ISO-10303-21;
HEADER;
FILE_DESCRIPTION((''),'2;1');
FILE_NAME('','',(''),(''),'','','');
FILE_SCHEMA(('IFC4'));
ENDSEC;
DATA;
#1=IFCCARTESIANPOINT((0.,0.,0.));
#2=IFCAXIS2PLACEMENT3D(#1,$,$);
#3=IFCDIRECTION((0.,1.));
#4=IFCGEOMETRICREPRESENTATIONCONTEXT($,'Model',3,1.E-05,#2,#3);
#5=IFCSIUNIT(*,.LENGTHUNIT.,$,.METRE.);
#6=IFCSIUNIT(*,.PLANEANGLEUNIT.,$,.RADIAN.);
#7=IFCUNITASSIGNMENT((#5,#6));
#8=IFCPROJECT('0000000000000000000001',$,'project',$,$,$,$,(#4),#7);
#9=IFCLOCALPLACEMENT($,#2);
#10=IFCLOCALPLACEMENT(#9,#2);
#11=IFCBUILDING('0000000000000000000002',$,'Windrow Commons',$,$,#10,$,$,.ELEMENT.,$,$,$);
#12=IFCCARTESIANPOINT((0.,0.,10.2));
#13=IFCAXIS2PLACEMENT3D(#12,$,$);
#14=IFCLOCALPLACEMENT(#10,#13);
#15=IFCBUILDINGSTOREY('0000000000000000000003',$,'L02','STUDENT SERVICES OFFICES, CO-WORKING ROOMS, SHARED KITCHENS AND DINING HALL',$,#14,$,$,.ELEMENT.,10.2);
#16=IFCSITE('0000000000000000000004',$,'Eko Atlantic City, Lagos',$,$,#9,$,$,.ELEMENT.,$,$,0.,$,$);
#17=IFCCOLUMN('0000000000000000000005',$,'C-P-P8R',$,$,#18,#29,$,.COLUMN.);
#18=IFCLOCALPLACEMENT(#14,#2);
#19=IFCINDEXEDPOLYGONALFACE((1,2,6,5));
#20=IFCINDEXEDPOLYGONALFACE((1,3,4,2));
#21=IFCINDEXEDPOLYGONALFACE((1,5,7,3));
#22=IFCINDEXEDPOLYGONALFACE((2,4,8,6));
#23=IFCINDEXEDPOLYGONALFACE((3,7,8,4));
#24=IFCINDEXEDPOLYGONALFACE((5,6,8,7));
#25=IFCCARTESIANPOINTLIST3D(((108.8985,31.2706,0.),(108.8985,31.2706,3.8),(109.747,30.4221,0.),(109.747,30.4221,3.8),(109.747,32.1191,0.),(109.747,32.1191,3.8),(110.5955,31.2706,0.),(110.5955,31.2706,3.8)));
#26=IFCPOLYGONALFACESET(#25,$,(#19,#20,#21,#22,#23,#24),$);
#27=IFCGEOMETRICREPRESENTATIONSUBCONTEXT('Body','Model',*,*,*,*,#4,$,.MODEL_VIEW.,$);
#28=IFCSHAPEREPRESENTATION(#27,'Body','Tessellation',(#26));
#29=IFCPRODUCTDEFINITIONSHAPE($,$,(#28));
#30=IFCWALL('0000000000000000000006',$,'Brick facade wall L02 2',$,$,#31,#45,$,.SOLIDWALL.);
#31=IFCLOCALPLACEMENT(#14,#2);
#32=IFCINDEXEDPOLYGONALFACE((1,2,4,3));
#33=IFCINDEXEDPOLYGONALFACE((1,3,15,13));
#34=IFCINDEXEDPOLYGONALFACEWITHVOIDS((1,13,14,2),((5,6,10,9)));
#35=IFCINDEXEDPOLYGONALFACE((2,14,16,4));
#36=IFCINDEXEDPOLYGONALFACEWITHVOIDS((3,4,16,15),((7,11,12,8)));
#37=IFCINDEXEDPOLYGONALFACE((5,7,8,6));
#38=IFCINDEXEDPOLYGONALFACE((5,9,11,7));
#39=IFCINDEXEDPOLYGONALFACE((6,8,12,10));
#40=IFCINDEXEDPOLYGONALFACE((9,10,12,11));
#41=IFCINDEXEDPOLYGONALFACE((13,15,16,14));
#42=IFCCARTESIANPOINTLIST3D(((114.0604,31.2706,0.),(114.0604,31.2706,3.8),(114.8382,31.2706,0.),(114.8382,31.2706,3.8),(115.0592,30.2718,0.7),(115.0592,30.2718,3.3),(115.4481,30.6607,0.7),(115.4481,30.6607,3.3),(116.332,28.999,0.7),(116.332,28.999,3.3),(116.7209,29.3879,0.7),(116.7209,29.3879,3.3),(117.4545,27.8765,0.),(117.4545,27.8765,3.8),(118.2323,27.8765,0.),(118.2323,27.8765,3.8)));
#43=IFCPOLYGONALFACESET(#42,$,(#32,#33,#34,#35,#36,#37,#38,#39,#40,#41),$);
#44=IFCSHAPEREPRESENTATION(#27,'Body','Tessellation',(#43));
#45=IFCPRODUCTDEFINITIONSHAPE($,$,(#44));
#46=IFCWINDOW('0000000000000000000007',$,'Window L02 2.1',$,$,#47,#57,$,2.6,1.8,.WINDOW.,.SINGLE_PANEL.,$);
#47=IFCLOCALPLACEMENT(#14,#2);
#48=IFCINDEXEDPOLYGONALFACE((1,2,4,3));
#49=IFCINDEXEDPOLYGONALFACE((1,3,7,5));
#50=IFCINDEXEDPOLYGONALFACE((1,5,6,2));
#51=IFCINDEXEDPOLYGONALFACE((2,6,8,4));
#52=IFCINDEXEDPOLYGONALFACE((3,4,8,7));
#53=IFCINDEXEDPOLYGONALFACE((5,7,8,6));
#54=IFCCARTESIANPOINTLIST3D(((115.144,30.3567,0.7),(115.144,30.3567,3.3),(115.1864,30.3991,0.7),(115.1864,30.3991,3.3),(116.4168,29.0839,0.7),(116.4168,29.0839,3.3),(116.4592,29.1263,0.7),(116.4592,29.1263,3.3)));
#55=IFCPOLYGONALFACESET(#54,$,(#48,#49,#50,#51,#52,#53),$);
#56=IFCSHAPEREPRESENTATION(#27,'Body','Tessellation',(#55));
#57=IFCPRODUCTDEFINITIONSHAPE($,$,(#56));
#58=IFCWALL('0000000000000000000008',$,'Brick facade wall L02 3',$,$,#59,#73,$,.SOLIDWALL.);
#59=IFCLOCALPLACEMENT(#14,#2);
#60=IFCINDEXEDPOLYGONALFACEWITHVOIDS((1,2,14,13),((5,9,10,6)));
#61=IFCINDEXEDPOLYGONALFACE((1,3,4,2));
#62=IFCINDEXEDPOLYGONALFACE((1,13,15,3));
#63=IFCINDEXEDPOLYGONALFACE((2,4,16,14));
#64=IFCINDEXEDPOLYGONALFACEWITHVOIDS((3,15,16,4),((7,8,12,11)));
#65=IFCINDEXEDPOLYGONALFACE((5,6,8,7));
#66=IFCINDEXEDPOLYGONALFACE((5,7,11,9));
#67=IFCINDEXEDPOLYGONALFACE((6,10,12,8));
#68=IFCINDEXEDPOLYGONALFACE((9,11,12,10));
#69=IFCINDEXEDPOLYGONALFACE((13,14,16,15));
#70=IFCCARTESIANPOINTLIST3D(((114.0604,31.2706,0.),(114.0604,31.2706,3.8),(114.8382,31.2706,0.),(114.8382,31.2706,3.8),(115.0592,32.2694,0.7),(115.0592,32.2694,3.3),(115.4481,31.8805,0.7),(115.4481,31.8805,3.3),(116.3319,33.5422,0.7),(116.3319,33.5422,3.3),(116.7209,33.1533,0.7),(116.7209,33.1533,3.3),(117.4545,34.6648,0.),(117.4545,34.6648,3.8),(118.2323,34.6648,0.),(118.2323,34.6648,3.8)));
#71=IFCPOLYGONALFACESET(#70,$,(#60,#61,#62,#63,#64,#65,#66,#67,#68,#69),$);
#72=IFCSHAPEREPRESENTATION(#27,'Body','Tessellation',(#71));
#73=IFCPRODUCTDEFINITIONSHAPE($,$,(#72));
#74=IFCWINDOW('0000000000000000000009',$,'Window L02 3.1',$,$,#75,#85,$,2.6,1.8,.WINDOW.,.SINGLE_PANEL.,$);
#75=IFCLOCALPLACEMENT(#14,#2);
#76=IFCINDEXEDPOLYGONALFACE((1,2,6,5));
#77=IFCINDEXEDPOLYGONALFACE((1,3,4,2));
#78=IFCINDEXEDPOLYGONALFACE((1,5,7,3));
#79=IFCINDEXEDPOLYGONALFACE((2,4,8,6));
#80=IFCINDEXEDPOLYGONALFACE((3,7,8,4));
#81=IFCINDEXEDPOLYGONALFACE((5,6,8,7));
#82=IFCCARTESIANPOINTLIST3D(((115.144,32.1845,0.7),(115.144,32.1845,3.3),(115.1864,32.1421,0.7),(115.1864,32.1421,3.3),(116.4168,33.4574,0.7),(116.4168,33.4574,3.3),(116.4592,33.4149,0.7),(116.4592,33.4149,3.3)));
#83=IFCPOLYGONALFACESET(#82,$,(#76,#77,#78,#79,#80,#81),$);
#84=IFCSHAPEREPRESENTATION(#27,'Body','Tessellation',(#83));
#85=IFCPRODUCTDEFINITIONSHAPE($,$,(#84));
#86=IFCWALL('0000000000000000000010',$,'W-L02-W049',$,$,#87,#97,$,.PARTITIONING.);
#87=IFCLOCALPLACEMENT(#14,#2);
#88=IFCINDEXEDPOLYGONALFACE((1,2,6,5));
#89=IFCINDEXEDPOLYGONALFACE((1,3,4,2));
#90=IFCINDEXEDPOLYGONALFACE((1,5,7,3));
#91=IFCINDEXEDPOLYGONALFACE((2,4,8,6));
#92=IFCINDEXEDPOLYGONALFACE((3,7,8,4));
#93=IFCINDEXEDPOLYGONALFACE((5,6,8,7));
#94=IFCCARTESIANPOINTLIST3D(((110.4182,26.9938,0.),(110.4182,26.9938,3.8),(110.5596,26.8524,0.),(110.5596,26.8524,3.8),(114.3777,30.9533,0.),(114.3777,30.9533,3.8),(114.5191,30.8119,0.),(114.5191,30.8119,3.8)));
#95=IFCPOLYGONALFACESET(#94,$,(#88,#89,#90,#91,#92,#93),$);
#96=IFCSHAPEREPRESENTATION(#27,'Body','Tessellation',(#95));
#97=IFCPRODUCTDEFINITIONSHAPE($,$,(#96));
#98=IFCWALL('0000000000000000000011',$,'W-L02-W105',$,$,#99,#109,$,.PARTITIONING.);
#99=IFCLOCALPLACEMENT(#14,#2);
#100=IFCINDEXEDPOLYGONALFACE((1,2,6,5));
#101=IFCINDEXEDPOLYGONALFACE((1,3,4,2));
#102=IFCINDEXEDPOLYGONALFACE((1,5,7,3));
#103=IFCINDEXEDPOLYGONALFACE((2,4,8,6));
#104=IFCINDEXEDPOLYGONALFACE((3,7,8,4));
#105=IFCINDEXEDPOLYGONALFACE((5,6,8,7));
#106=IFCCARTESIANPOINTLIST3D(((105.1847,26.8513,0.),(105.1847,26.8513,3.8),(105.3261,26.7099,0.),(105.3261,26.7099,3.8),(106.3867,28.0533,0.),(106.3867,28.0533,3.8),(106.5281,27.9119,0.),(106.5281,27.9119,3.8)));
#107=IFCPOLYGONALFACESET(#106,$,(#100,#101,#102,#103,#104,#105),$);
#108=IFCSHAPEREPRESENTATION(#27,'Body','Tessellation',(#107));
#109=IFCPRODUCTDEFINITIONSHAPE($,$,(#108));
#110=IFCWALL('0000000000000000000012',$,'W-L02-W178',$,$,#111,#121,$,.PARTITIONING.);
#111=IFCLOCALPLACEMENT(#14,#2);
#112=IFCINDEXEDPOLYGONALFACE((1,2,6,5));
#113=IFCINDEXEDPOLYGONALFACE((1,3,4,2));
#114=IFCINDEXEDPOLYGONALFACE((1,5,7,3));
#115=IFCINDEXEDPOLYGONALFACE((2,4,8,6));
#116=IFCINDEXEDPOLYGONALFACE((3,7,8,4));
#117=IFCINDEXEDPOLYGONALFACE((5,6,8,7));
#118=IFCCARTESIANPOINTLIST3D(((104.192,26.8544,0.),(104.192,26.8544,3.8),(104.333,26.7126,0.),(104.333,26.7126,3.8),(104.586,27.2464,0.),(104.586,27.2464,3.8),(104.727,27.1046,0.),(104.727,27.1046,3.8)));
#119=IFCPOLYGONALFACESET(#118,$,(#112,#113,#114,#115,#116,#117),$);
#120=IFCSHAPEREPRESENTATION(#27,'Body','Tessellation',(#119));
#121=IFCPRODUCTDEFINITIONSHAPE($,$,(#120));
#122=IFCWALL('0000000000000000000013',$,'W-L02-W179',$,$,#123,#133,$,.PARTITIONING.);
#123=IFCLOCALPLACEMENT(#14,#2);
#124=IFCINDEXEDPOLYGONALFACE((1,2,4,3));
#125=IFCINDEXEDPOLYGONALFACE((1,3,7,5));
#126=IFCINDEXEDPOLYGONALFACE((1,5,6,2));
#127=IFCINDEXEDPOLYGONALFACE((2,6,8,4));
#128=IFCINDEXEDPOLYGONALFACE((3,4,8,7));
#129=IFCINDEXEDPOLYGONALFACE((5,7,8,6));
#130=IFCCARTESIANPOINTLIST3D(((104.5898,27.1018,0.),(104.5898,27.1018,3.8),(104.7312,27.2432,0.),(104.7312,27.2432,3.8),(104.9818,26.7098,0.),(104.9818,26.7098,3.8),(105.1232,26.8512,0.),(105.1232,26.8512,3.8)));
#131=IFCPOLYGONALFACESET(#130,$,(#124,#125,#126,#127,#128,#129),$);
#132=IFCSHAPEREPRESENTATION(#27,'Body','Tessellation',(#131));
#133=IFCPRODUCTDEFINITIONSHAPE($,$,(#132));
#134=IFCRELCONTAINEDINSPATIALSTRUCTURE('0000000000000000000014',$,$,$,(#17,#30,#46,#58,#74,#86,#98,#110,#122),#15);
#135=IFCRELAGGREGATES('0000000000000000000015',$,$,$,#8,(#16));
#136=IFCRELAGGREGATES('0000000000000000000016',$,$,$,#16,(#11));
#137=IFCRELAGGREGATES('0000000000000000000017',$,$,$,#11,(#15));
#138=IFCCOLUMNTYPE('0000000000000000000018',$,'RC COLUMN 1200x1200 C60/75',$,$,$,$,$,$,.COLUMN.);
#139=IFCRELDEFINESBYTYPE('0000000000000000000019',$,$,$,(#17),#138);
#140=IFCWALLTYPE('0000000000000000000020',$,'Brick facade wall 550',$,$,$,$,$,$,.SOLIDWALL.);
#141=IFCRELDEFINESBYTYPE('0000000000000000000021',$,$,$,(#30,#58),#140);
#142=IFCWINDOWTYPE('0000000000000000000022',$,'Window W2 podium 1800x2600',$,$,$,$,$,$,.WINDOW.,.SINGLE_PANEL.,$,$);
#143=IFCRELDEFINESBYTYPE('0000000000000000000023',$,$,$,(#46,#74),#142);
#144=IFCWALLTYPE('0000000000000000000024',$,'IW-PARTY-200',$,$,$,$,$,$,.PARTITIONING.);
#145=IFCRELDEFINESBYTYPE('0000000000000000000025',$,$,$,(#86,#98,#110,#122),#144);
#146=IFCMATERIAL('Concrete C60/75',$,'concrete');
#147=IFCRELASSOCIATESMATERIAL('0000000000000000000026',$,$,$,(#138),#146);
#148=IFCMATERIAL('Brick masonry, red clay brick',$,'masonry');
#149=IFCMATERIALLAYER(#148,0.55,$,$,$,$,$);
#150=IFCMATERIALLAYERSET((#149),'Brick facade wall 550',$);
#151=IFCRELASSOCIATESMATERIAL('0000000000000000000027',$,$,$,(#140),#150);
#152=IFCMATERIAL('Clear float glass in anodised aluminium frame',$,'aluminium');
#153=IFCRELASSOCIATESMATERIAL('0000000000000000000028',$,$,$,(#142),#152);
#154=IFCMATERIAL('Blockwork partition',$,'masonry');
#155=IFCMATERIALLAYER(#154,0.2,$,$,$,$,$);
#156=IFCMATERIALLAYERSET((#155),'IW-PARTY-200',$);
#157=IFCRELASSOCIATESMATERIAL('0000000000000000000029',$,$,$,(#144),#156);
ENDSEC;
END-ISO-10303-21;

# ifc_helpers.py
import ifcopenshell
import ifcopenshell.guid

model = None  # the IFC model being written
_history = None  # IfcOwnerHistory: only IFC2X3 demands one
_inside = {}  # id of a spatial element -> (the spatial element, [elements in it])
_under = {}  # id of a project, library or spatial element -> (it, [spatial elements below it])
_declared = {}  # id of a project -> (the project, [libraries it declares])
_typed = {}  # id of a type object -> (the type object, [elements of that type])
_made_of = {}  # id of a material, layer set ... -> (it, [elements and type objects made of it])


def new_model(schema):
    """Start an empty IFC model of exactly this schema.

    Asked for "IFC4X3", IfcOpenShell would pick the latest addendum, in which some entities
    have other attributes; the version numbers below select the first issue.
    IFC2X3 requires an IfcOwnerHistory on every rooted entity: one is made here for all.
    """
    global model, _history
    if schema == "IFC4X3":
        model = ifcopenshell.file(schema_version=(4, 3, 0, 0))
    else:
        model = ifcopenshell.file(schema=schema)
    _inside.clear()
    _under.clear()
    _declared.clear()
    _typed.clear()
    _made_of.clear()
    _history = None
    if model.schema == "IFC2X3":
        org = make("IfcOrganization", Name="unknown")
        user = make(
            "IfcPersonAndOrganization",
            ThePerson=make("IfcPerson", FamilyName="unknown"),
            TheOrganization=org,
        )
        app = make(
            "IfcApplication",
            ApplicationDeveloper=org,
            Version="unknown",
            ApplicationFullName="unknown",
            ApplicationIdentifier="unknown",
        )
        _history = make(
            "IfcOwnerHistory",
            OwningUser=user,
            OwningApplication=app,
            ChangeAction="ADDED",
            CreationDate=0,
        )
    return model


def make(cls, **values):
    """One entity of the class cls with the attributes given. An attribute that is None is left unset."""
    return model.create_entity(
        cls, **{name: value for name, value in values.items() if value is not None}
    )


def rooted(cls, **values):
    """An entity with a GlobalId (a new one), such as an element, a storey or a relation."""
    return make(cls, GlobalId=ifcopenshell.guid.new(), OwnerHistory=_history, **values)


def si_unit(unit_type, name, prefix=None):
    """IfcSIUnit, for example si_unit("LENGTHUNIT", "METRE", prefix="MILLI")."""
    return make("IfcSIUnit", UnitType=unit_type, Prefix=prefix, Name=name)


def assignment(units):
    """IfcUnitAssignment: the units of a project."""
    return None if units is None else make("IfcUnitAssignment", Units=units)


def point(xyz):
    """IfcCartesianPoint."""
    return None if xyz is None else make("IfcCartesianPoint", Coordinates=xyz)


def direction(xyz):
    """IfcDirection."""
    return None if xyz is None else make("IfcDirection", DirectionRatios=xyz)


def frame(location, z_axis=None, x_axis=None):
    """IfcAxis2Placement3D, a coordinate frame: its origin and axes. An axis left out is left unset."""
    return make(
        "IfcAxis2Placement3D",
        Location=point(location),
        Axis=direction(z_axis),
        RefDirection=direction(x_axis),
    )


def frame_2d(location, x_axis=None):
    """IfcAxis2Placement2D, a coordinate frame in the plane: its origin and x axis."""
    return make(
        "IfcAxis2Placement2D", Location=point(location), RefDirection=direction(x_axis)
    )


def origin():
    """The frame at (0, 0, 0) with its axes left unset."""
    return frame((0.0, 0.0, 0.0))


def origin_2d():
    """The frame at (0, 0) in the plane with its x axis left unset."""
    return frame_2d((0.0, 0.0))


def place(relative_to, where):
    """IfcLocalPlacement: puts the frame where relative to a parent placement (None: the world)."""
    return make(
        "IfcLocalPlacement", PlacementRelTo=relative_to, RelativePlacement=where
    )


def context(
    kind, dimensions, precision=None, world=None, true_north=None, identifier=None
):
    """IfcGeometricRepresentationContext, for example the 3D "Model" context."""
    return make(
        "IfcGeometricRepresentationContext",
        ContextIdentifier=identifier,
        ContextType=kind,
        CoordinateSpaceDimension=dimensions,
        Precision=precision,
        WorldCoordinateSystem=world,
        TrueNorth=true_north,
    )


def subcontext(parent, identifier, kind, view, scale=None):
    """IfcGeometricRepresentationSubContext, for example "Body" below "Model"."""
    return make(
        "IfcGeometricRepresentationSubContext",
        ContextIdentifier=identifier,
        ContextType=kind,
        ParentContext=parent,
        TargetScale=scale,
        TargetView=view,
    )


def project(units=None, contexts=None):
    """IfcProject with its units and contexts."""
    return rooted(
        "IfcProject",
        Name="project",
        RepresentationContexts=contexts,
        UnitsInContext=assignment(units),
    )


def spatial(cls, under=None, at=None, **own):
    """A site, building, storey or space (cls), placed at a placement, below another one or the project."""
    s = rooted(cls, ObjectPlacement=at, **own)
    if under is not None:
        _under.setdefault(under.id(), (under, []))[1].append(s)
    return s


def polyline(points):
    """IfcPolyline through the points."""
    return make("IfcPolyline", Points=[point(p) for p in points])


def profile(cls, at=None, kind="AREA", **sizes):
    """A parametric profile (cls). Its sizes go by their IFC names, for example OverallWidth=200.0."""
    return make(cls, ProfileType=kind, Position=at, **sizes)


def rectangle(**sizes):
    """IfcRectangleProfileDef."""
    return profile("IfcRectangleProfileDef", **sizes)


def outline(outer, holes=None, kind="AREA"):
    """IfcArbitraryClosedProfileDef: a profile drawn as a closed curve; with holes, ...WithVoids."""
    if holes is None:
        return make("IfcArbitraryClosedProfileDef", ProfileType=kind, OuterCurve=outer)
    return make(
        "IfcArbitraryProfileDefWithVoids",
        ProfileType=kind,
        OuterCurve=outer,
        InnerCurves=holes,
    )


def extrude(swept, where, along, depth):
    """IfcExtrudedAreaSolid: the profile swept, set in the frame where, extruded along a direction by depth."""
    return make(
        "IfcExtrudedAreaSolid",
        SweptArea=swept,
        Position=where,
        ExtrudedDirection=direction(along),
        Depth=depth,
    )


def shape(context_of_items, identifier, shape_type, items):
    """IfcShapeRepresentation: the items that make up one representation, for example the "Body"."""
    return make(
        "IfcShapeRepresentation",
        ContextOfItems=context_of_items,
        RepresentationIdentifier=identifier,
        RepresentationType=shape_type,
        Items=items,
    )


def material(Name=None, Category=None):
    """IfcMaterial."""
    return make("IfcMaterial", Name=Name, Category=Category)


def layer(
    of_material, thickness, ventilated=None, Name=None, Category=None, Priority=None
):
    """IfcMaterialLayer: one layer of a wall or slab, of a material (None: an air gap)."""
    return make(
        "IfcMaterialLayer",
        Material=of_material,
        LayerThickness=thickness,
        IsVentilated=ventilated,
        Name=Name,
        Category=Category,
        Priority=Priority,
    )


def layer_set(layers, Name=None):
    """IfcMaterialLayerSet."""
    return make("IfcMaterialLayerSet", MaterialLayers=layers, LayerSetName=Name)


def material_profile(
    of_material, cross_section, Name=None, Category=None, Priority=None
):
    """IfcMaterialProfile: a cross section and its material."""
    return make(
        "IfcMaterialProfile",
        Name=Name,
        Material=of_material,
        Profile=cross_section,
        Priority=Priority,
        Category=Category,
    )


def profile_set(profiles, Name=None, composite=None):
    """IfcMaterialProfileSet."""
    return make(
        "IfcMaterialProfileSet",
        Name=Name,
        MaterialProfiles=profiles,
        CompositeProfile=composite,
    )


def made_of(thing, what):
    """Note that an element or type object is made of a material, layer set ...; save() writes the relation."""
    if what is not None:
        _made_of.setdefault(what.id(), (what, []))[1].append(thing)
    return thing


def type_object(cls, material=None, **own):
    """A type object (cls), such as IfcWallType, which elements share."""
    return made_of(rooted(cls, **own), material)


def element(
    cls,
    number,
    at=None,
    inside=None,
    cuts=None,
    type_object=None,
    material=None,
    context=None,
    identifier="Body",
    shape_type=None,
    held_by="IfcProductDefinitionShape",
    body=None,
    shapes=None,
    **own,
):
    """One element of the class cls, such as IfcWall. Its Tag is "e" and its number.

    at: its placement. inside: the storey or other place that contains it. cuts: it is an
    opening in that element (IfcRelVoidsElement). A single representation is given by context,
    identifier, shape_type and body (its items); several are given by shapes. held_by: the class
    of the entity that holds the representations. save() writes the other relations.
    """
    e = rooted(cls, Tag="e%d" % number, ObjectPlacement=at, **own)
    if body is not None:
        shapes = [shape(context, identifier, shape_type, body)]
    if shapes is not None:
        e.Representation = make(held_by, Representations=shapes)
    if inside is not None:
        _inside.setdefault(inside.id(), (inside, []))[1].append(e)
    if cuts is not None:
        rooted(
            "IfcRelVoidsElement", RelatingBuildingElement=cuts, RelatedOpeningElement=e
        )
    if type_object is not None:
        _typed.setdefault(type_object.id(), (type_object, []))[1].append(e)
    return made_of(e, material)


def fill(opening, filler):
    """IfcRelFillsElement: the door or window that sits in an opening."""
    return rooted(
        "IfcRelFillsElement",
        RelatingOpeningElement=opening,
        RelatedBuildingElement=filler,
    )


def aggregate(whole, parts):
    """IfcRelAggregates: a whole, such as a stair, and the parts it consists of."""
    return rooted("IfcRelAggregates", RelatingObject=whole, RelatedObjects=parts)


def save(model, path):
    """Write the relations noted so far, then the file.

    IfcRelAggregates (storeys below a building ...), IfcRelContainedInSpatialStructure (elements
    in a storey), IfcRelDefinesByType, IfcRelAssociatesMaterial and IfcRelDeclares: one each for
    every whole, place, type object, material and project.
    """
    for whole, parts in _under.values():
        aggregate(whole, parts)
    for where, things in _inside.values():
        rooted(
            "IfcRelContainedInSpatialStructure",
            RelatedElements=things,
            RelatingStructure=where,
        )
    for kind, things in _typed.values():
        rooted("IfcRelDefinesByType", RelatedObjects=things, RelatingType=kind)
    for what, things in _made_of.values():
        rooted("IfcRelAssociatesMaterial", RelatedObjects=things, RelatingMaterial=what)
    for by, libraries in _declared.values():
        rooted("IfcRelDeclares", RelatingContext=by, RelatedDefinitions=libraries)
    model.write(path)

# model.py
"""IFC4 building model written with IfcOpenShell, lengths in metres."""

from ifc_helpers import new_model, si_unit, direction, frame, frame_2d, origin, origin_2d, place, context, subcontext, project, spatial, polyline, rectangle, outline, extrude, material, layer, layer_set, material_profile, profile_set, type_object, element, fill, save


model = new_model("IFC4")

# Units and contexts
model_context = context("Model", 3, precision=1e-05, world=origin(), true_north=direction((0.0, 1.0)))
body_context = subcontext(model_context, "Body", "Model", "MODEL_VIEW")
ifc_project = project(units=[si_unit("LENGTHUNIT", "METRE"), si_unit("PLANEANGLEUNIT", "RADIAN")], contexts=[model_context])

# Site, building, storey
site_placement = place(None, origin())
site = spatial("IfcSite", under=ifc_project, at=site_placement, Name="Eko Atlantic City, Lagos", CompositionType="ELEMENT", RefElevation=0.0)
building_placement = place(site_placement, origin())
building = spatial("IfcBuilding", under=site, at=building_placement, Name="Windrow Commons", CompositionType="ELEMENT")
storey_placement = place(building_placement, frame((0.0, 0.0, 10.2)))
storey = spatial("IfcBuildingStorey", under=building, at=storey_placement, Name="L02", Description="STUDENT SERVICES OFFICES, CO-WORKING ROOMS, SHARED KITCHENS AND DINING HALL", CompositionType="ELEMENT", Elevation=10.2)

# Column
ifc_material_1 = material(Name="Concrete C60/75", Category="concrete")
ifc_material_profile = material_profile(ifc_material_1, rectangle(XDim=1.2, YDim=1.2, at=origin_2d()))
ifc_profile_set = profile_set([ifc_material_profile], Name="Concrete C60/75")
column_type = type_object("IfcColumnType", Name="RC COLUMN 1200x1200 C60/75", PredefinedType="COLUMN", material=ifc_profile_set)
column_placement = place(storey_placement, frame((109.747, 31.2706, 0.0), z_axis=(0.0, 0.0, 1.0), x_axis=(0.707107, -0.707107, 0.0)))
element("IfcColumn", 1, at=column_placement, inside=storey, type_object=column_type, Name="C-P-P8R", PredefinedType="COLUMN", context=body_context, shape_type="SweptSolid", body=[
    extrude(rectangle(XDim=1.2, YDim=1.2, at=origin_2d()), origin(), (0.0, 0.0, 1.0), 3.8),
])

# Walls, openings, windows
ifc_material_2 = material(Name="Brick masonry, red clay brick", Category="masonry")
ifc_layer_1 = layer(ifc_material_2, 0.55)
ifc_layer_set_1 = layer_set([ifc_layer_1], Name="Brick facade wall 550")
wall_type_1 = type_object("IfcWallType", Name="Brick facade wall 550", PredefinedType="SOLIDWALL", material=ifc_layer_set_1)
wall_1_placement = place(storey_placement, frame((117.8434, 27.8765, 0.0), z_axis=(0.0, 0.0, 1.0), x_axis=(-0.707107, 0.707107, 0.0)))
wall_1 = element("IfcWall", 2, at=wall_1_placement, inside=storey, type_object=wall_type_1, Name="Brick facade wall L02 2", PredefinedType="SOLIDWALL", context=body_context, shape_type="SweptSolid", body=[
    extrude(outline(polyline([(-0.275, -0.275), (4.525, -0.275), (5.075, 0.275), (0.275, 0.275), (-0.275, -0.275)])), origin(), (0.0, 0.0, 1.0), 3.8),
])
opening_1_placement = place(wall_1_placement, frame((1.8625, 0.0, 0.7)))
opening_1 = element("IfcOpeningElement", 3, at=opening_1_placement, cuts=wall_1, PredefinedType="OPENING", context=body_context, shape_type="SweptSolid", body=[
    extrude(rectangle(XDim=1.8, YDim=2.6, at=frame_2d((0.9, 1.3))), frame((0.0, 0.285, 0.0), z_axis=(0.0, -1.0, 0.0), x_axis=(1.0, 0.0, 0.0)), (0.0, 0.0, 1.0), 0.57),
])
ifc_material_3 = material(Name="Clear float glass in anodised aluminium frame", Category="aluminium")
window_type = type_object("IfcWindowType", Name="Window W2 podium 1800x2600", PartitioningType="SINGLE_PANEL", PredefinedType="WINDOW", material=ifc_material_3)
window_1_placement = place(opening_1_placement, origin())
window_1 = element("IfcWindow", 4, at=window_1_placement, inside=storey, type_object=window_type, Name="Window L02 2.1", OverallHeight=2.6, OverallWidth=1.8, PartitioningType="SINGLE_PANEL", PredefinedType="WINDOW", context=body_context, shape_type="SweptSolid", body=[
    extrude(rectangle(XDim=1.8, YDim=2.6, at=frame_2d((0.9, 1.3))), frame((0.0, 0.155, 0.0), z_axis=(0.0, -1.0, 0.0), x_axis=(1.0, 0.0, 0.0)), (0.0, 0.0, 1.0), 0.06),
])
fill(opening_1, window_1)
wall_2_placement = place(storey_placement, frame((114.4493, 31.2706, 0.0), z_axis=(0.0, 0.0, 1.0), x_axis=(0.707096, 0.707117, 0.0)))
wall_2 = element("IfcWall", 5, at=wall_2_placement, inside=storey, type_object=wall_type_1, Name="Brick facade wall L02 3", PredefinedType="SOLIDWALL", context=body_context, shape_type="SweptSolid", body=[
    extrude(outline(polyline([(0.275, -0.275), (5.075, -0.275), (4.5251, 0.275), (-0.275, 0.275), (0.275, -0.275)])), origin(), (0.0, 0.0, 1.0), 3.8),
])
opening_2_placement = place(wall_2_placement, frame((1.1375, 0.0, 0.7)))
opening_2 = element("IfcOpeningElement", 6, at=opening_2_placement, cuts=wall_2, PredefinedType="OPENING", context=body_context, shape_type="SweptSolid", body=[
    extrude(rectangle(XDim=1.8, YDim=2.6, at=frame_2d((0.9, 1.3))), frame((0.0, 0.285, 0.0), z_axis=(0.0, -1.0, 0.0), x_axis=(1.0, 0.0, 0.0)), (0.0, 0.0, 1.0), 0.57),
])
window_2_placement = place(opening_2_placement, origin())
window_2 = element("IfcWindow", 7, at=window_2_placement, inside=storey, type_object=window_type, Name="Window L02 3.1", OverallHeight=2.6, OverallWidth=1.8, PartitioningType="SINGLE_PANEL", PredefinedType="WINDOW", context=body_context, shape_type="SweptSolid", body=[
    extrude(rectangle(XDim=1.8, YDim=2.6, at=frame_2d((0.9, 1.3))), frame((0.0, 0.155, 0.0), z_axis=(0.0, -1.0, 0.0), x_axis=(1.0, 0.0, 0.0)), (0.0, 0.0, 1.0), 0.06),
])
fill(opening_2, window_2)

# Walls
ifc_material_4 = material(Name="Blockwork partition", Category="masonry")
ifc_layer_2 = layer(ifc_material_4, 0.2)
ifc_layer_set_2 = layer_set([ifc_layer_2], Name="IW-PARTY-200")
wall_type_2 = type_object("IfcWallType", Name="IW-PARTY-200", PredefinedType="PARTITIONING", material=ifc_layer_set_2)
wall_3_placement = place(storey_placement, frame((110.4889, 26.9231, 0.0), z_axis=(0.0, 0.0, 1.0), x_axis=(0.707107, 0.707107, 0.0)))
element("IfcWall", 8, at=wall_3_placement, inside=storey, type_object=wall_type_2, Name="W-L02-W049", PredefinedType="PARTITIONING", context=body_context, shape_type="SweptSolid", body=[
    extrude(rectangle(XDim=5.5996, YDim=0.2, at=frame_2d((2.7998, 0.0))), origin(), (0.0, 0.0, 1.0), 3.8),
])
wall_4_placement = place(storey_placement, frame((105.2554, 26.7806, 0.0), z_axis=(0.0, 0.0, 1.0), x_axis=(0.707107, 0.707107, 0.0)))
element("IfcWall", 9, at=wall_4_placement, inside=storey, type_object=wall_type_2, Name="W-L02-W105", PredefinedType="PARTITIONING", context=body_context, shape_type="SweptSolid", body=[
    extrude(rectangle(XDim=1.6999, YDim=0.2, at=frame_2d((0.8499, 0.0))), origin(), (0.0, 0.0, 1.0), 3.8),
])
wall_5_placement = place(storey_placement, frame((104.2625, 26.7835, 0.0), z_axis=(0.0, 0.0, 1.0), x_axis=(0.708904, 0.705305, 0.0)))
element("IfcWall", 10, at=wall_5_placement, inside=storey, type_object=wall_type_2, Name="W-L02-W178", PredefinedType="PARTITIONING", context=body_context, shape_type="SweptSolid", body=[
    extrude(rectangle(XDim=0.5558, YDim=0.2, at=frame_2d((0.2779, 0.0))), origin(), (0.0, 0.0, 1.0), 3.8),
])
wall_6_placement = place(storey_placement, frame((104.6605, 27.1725, 0.0), z_axis=(0.0, 0.0, 1.0), x_axis=(0.707107, -0.707107, 0.0)))
element("IfcWall", 11, at=wall_6_placement, inside=storey, type_object=wall_type_2, Name="W-L02-W179", PredefinedType="PARTITIONING", context=body_context, shape_type="SweptSolid", body=[
    extrude(rectangle(XDim=0.5544, YDim=0.2, at=frame_2d((0.2772, 0.0))), origin(), (0.0, 0.0, 1.0), 3.8),
])

save(model, "model.ifc")
